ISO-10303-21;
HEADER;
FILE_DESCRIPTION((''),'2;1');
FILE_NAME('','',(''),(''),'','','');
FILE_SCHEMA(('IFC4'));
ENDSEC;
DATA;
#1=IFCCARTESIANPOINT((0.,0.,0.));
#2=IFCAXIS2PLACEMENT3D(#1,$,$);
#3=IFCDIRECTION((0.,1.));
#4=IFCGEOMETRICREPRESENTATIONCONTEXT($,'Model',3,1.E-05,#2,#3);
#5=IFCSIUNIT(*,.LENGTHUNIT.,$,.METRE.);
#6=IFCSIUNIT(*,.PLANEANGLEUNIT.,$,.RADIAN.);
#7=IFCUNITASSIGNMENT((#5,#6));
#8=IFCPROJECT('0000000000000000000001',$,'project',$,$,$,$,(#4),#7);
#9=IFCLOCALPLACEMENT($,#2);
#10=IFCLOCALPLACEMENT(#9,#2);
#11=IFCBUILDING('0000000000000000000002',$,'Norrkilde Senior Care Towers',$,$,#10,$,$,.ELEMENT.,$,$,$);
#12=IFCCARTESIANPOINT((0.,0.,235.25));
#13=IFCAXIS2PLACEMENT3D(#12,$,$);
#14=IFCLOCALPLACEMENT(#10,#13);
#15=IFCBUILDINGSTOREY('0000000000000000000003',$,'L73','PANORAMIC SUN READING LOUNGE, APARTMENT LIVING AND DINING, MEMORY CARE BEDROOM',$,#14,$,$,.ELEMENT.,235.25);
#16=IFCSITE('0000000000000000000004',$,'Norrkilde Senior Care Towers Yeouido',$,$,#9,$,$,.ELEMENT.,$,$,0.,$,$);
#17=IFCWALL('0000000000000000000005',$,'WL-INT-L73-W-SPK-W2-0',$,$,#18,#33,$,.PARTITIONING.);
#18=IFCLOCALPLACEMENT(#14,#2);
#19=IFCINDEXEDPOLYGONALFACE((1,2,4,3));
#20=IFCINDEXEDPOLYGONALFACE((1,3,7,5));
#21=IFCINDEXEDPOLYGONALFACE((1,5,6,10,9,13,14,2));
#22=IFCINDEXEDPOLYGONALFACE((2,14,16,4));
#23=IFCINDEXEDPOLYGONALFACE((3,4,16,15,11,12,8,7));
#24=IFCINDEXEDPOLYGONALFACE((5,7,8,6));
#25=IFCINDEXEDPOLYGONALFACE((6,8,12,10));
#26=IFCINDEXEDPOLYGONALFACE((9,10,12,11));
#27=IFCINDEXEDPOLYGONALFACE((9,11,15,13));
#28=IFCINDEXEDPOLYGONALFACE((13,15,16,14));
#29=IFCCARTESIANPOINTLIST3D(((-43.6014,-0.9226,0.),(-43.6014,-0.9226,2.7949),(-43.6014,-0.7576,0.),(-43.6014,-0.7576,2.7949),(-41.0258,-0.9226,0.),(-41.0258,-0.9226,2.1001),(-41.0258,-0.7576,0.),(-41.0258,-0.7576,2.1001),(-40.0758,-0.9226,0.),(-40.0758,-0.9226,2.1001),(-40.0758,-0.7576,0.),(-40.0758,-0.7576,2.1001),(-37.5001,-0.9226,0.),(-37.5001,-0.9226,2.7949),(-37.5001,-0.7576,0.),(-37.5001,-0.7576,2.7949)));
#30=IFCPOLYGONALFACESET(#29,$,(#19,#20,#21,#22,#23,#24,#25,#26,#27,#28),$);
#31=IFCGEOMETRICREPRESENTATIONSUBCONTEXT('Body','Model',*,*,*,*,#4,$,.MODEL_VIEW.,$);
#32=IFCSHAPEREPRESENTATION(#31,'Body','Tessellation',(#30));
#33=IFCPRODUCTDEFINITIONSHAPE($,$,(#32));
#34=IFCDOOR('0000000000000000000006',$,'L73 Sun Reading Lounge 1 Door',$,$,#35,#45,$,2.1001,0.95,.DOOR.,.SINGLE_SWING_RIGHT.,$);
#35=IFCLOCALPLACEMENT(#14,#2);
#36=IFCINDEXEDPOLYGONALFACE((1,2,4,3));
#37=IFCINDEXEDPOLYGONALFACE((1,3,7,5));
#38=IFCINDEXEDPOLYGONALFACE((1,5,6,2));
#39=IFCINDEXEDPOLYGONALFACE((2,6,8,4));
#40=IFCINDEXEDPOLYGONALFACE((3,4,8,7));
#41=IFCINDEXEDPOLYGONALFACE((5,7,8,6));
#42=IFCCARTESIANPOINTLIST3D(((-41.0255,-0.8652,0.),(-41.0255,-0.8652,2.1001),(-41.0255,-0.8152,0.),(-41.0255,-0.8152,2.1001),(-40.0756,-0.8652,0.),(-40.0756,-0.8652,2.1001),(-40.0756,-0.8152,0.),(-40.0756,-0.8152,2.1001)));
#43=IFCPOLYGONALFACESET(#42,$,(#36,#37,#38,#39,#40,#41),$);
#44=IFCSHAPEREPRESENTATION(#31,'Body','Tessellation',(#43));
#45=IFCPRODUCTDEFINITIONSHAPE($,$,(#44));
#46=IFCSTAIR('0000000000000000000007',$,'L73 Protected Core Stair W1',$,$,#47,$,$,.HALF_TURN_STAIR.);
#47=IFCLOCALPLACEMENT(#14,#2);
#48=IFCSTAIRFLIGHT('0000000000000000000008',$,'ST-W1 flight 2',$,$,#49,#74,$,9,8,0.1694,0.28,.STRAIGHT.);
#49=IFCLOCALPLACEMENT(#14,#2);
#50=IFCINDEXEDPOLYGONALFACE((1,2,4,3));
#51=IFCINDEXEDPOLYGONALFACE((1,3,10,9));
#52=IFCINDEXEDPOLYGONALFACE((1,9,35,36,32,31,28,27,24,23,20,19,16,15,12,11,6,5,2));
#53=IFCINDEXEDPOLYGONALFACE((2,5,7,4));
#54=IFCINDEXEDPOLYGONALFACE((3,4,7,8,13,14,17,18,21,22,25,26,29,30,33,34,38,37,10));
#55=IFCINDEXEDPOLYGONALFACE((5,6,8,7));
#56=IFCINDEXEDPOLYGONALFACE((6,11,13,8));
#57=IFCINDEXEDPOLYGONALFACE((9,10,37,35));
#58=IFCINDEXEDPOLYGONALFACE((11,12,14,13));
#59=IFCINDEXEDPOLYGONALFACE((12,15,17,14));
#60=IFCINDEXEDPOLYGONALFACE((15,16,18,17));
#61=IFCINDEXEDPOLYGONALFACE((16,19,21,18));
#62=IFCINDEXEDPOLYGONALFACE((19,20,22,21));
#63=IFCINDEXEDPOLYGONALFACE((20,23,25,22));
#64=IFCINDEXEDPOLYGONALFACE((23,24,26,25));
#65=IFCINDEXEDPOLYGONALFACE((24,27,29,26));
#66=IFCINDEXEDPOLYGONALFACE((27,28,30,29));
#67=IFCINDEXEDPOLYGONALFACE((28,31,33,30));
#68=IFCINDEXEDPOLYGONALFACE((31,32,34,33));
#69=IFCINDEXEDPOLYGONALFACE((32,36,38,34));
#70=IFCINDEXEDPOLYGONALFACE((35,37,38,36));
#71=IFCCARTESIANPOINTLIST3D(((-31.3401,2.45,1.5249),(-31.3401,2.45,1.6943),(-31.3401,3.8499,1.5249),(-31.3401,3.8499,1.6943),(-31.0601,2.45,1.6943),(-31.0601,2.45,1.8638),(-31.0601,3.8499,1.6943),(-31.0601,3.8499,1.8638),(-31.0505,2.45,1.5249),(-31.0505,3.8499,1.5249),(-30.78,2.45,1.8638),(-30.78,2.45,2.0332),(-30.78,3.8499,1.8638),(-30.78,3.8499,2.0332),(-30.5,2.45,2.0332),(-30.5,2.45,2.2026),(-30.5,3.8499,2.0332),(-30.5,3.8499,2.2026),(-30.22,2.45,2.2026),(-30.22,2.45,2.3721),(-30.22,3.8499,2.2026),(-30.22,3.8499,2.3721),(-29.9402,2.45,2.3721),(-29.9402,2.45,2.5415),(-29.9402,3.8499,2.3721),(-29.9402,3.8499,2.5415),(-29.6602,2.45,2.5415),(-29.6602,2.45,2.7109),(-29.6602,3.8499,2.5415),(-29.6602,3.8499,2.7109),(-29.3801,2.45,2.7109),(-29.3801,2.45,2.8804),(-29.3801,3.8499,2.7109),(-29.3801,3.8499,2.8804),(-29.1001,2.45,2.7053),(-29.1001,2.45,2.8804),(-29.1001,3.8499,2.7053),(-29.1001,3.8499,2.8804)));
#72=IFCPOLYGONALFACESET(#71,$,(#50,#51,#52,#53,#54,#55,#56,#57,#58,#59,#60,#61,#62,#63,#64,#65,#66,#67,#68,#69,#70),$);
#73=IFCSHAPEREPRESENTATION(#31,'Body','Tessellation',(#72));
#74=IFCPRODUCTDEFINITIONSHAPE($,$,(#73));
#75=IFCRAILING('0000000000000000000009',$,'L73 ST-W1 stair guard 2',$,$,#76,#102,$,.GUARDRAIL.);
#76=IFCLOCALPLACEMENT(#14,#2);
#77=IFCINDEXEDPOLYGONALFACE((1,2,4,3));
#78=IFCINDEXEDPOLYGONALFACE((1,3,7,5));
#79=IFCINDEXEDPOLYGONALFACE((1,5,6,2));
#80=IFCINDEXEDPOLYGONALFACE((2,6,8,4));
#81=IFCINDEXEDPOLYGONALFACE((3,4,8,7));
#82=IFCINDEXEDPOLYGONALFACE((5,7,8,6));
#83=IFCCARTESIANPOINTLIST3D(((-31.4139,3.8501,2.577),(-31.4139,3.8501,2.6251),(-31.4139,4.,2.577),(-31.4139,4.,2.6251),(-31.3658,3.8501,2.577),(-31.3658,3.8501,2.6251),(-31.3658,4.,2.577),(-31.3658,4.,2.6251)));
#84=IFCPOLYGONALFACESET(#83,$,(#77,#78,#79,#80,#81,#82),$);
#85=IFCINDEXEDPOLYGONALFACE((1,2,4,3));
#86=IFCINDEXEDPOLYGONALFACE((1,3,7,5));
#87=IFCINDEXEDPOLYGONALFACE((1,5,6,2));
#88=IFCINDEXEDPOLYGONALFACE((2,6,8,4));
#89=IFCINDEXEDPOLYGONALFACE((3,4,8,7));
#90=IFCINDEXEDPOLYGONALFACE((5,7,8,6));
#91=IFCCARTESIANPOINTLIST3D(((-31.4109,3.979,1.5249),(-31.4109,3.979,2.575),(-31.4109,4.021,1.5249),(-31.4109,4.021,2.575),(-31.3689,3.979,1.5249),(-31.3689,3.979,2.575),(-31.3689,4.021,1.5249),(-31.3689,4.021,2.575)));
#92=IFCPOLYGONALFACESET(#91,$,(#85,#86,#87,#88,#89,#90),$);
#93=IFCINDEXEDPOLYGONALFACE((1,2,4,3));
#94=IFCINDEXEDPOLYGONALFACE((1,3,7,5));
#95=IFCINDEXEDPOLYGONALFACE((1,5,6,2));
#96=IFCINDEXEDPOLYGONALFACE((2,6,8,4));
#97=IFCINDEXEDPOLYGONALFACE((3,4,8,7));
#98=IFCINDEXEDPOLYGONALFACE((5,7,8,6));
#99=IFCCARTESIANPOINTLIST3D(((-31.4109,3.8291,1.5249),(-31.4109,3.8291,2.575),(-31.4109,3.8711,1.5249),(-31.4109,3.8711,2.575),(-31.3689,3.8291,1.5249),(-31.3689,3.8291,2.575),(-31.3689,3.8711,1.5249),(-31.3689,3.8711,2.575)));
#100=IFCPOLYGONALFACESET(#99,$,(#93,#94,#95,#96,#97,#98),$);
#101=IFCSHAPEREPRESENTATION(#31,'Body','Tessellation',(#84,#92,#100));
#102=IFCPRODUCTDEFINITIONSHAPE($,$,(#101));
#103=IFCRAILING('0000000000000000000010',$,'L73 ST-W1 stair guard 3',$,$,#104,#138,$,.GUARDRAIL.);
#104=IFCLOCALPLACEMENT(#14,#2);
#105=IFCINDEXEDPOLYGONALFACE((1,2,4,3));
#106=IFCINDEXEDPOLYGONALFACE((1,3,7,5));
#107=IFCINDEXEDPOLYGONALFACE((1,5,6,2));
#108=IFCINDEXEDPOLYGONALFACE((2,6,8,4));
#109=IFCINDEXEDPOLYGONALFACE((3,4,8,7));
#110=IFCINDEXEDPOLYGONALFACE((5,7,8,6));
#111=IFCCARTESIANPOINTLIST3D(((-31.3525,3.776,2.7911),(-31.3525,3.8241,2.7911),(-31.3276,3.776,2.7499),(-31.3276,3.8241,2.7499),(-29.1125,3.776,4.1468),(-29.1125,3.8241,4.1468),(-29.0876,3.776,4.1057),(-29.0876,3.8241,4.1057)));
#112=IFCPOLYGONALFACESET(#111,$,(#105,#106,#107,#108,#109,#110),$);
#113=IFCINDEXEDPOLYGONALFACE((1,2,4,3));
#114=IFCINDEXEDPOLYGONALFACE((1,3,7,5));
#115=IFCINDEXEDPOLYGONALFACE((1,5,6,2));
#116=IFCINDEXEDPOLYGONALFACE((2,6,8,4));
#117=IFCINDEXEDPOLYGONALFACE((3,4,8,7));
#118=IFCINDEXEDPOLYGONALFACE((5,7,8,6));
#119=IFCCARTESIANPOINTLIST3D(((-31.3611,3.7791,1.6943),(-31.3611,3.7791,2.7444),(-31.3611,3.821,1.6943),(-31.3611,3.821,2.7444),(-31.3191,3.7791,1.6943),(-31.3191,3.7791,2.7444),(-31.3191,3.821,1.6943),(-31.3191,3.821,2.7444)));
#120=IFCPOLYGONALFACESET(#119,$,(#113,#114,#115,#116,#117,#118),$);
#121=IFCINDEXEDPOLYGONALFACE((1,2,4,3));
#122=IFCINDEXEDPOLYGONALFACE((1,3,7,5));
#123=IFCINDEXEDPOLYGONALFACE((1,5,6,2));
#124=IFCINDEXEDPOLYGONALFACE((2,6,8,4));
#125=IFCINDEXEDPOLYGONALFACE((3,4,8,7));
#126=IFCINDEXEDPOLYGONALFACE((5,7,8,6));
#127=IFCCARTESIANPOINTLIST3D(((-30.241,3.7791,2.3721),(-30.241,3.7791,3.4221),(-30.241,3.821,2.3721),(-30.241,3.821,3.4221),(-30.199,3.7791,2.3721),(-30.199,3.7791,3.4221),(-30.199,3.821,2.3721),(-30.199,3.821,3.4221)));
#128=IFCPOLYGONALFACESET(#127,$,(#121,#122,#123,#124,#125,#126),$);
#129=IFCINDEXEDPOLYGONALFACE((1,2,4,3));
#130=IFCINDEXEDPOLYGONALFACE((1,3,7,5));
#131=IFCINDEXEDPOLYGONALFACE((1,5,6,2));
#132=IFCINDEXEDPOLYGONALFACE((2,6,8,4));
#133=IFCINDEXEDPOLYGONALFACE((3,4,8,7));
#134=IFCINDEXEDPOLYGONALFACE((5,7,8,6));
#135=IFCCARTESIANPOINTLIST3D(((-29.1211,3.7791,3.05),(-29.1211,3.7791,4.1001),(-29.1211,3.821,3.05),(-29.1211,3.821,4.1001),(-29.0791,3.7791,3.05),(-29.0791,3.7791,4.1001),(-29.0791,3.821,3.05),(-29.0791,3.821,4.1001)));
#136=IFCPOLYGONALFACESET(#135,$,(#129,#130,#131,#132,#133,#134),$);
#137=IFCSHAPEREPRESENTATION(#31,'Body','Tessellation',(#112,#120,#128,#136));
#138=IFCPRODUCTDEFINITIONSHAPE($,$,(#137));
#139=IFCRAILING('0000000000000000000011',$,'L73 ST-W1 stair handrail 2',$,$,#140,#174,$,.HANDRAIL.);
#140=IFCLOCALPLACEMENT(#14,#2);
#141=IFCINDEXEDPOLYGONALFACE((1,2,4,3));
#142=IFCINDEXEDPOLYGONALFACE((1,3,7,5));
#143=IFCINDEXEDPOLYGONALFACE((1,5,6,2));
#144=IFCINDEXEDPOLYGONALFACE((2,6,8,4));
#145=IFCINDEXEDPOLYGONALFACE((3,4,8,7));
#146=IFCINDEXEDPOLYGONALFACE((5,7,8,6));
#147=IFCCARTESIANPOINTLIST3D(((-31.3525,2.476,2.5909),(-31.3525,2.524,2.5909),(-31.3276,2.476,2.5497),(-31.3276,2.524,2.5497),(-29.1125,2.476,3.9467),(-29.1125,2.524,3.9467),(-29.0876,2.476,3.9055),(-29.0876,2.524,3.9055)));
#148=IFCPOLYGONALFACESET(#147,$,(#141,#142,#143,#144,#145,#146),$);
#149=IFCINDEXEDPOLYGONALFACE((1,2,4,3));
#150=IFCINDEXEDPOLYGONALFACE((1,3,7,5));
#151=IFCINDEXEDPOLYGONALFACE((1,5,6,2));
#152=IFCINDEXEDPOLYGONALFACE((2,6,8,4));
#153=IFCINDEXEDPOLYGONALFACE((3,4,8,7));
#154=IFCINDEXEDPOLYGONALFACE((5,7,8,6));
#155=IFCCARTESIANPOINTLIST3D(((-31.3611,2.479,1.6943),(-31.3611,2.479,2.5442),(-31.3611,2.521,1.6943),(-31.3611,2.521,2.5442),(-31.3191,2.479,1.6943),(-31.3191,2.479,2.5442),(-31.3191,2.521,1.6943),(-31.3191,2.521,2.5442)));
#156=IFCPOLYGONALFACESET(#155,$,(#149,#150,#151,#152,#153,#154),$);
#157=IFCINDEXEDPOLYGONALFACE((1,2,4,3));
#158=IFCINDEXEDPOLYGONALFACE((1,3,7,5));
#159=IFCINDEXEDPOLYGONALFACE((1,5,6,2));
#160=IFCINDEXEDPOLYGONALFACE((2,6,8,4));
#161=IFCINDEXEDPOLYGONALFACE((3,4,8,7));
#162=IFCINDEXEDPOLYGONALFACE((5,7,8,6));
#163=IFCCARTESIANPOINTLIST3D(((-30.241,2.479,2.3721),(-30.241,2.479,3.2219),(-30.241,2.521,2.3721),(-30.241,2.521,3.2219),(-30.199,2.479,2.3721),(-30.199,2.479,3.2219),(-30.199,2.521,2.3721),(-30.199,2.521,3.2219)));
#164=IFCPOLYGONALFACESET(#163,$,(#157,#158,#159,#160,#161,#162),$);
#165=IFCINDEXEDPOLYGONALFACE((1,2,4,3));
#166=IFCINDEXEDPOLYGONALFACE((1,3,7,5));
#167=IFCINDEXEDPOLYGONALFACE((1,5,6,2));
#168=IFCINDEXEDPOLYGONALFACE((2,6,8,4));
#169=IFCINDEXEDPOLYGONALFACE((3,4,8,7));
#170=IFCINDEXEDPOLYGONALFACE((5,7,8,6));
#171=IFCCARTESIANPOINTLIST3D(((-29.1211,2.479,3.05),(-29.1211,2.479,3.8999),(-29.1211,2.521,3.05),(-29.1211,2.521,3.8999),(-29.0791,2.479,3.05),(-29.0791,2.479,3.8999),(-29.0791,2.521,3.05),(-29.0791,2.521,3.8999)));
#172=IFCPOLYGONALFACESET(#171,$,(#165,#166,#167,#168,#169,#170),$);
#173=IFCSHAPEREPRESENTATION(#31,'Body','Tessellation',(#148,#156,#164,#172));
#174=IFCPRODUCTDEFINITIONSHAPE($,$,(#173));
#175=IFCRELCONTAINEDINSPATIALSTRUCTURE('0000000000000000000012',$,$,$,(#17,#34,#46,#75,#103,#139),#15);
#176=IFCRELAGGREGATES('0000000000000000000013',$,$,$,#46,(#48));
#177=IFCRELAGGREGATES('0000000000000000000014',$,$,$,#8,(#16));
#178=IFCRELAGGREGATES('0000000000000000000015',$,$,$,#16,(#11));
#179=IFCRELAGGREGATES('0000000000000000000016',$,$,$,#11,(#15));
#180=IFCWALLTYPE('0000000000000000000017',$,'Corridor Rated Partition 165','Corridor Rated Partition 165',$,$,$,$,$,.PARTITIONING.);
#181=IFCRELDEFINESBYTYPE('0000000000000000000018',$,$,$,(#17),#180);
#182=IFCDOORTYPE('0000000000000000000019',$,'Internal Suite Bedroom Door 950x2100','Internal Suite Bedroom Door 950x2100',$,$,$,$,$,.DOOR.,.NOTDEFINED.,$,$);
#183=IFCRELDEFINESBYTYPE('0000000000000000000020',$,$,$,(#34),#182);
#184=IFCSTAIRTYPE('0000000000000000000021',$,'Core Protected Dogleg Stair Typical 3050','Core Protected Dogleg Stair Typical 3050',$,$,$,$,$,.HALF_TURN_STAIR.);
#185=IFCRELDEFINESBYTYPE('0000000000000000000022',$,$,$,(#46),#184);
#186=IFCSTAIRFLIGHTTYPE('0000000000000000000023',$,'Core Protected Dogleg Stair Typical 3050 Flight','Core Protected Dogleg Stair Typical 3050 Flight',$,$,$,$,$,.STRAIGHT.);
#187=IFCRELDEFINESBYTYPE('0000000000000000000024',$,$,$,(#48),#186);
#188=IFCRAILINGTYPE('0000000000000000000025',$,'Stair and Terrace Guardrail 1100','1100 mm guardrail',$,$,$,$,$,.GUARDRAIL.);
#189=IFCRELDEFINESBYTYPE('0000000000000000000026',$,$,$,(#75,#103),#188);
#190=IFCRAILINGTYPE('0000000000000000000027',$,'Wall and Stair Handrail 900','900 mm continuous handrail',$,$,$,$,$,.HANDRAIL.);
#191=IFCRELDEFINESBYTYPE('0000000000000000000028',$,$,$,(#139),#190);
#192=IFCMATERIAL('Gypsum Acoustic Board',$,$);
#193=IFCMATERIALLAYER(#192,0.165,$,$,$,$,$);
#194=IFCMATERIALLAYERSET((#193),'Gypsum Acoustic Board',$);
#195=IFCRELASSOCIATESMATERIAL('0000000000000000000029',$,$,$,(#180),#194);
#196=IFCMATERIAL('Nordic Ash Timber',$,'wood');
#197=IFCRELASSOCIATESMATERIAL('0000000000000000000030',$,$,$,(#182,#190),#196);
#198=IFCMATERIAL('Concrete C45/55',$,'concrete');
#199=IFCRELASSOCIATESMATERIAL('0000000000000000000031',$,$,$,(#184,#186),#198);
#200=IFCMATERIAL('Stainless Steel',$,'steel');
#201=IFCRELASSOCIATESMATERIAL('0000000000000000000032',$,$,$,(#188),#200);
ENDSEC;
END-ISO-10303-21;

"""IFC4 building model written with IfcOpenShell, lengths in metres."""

from ifc_helpers import new_model, si_unit, direction, frame, frame_2d, origin, origin_2d, place, context, subcontext, project, spatial, polyline, rectangle, outline, extrude, source, transform, mapped, material, layer, layer_set, type_object, type_shapes, element, fill, aggregate, save


model = new_model("IFC4")

# Units and contexts
model_context = context("Model", 3, precision=1e-05, world=origin(), true_north=direction((0.0, 1.0)))
body_context = subcontext(model_context, "Body", "Model", "MODEL_VIEW")
ifc_project = project(units=[si_unit("LENGTHUNIT", "METRE"), si_unit("PLANEANGLEUNIT", "RADIAN")], contexts=[model_context])

# Site, building, storey
site_placement = place(None, origin())
site = spatial("IfcSite", under=ifc_project, at=site_placement, Name="Norrkilde Senior Care Towers Yeouido", CompositionType="ELEMENT", RefElevation=0.0)
building_placement = place(site_placement, origin())
building = spatial("IfcBuilding", under=site, at=building_placement, Name="Norrkilde Senior Care Towers", CompositionType="ELEMENT")
storey_placement = place(building_placement, frame((0.0, 0.0, 235.25)))
storey = spatial("IfcBuildingStorey", under=building, at=storey_placement, Name="L73", Description="PANORAMIC SUN READING LOUNGE, APARTMENT LIVING AND DINING, MEMORY CARE BEDROOM", CompositionType="ELEMENT", Elevation=235.25)

# Shared definitions
ifc_material_1 = material(Name="Concrete C45/55", Category="concrete")

# Shared definitions
ifc_material_2 = material(Name="Gypsum Acoustic Board")

# Shared definitions
ifc_layer_1 = layer(ifc_material_2, 0.165)
ifc_layer_set_1 = layer_set([ifc_layer_1], Name="Gypsum Acoustic Board")
wall_type_1 = type_object("IfcWallType", Name="Corridor Rated Partition 165", Description="Corridor Rated Partition 165", PredefinedType="PARTITIONING", material=ifc_layer_set_1)

# Shared definitions
ifc_material_3 = material(Name="Nordic Ash Timber", Category="wood")

# Wall, opening, door
shared_shape_1 = source(origin(), body_context, "Body", "SweptSolid", [
    extrude(rectangle(XDim=6.1013, YDim=0.165, at=frame_2d((3.0508, 0.0))), origin(), (0.0, 0.0, 1.0), 2.7949),
])
door_type_1 = type_object("IfcDoorType", Name="Internal Suite Bedroom Door 950x2100", Description="Internal Suite Bedroom Door 950x2100", OperationType="NOTDEFINED", PredefinedType="DOOR", material=ifc_material_3)
shared_shape_2 = source(origin(), body_context, "Body", "SweptSolid", [
    extrude(rectangle(XDim=0.95, YDim=2.1001, at=frame_2d((0.4751, 1.05))), frame((0.0, 0.0249, 0.0), z_axis=(0.0, -1.0, 0.0), x_axis=(1.0, 0.0, 0.0)), (0.0, 0.0, 1.0), 0.05),
])
type_shapes(door_type_1, [shared_shape_2])
wall_1_placement = place(storey_placement, frame((-37.5, -0.8401, 0.0), z_axis=(0.0, 0.0, 1.0), x_axis=(-1.0, 0.0, 0.0)))
wall_1 = element("IfcWall", 1, at=wall_1_placement, inside=storey, type_object=wall_type_1, Name="WL-INT-L73-W-SPK-W2-0", PredefinedType="PARTITIONING", context=body_context, shape_type="MappedRepresentation", body=[
    mapped(shared_shape_1, transform((0.0, 0.0, 0.0), x_axis=(1.0, 0.0, 0.0), y_axis=(0.0, 1.0, 0.0), z_axis=(0.0, 0.0, 1.0), scale=1.0)),
])
opening_1_placement = place(wall_1_placement, frame((2.5757, 0.0, 0.0)))
opening_1 = element("IfcOpeningElement", 2, at=opening_1_placement, cuts=wall_1, PredefinedType="OPENING", context=body_context, shape_type="SweptSolid", body=[
    extrude(rectangle(XDim=0.95, YDim=2.1001, at=frame_2d((0.4751, 1.05))), frame((0.0, 0.0925, 0.0), z_axis=(0.0, -1.0, 0.0), x_axis=(1.0, 0.0, 0.0)), (0.0, 0.0, 1.0), 0.1851),
])
door_1_placement = place(opening_1_placement, frame((0.95, 0.0, 0.0), z_axis=(0.0, 0.0, 1.0), x_axis=(-1.0, 0.0, 0.0)))
door_1 = element("IfcDoor", 3, at=door_1_placement, inside=storey, type_object=door_type_1, Name="L73 Sun Reading Lounge 1 Door", OperationType="SINGLE_SWING_RIGHT", OverallHeight=2.1001, OverallWidth=0.95, PredefinedType="DOOR", context=body_context, shape_type="MappedRepresentation", body=[
    mapped(shared_shape_2, transform((0.0, 0.0, 0.0), x_axis=(1.0, 0.0, 0.0), y_axis=(0.0, 1.0, 0.0), z_axis=(0.0, 0.0, 1.0), scale=1.0)),
])
fill(opening_1, door_1)

# Stair, stair flight
stair_type = type_object("IfcStairType", Name="Core Protected Dogleg Stair Typical 3050", Description="Core Protected Dogleg Stair Typical 3050", PredefinedType="HALF_TURN_STAIR", material=ifc_material_1)
stair_placement = place(storey_placement, origin())
stair = element("IfcStair", 4, at=stair_placement, inside=storey, type_object=stair_type, Name="L73 Protected Core Stair W1", PredefinedType="HALF_TURN_STAIR")
stair_flight_type = type_object("IfcStairFlightType", Name="Core Protected Dogleg Stair Typical 3050 Flight", Description="Core Protected Dogleg Stair Typical 3050 Flight", PredefinedType="STRAIGHT", material=ifc_material_1)
stair_flight_placement = place(storey_placement, frame((-31.3401, 3.1499, 1.5249), z_axis=(0.0, 0.0, 1.0), x_axis=(1.0, 0.0, 0.0)))
stair_flight = element("IfcStairFlight", 5, at=stair_flight_placement, type_object=stair_flight_type, Name="ST-W1 flight 2", NumberOfRisers=9, NumberOfTreads=8, PredefinedType="STRAIGHT", RiserHeight=0.1694, TreadLength=0.28, context=body_context, shape_type="SweptSolid", body=[
    extrude(outline(polyline([(0.0, 0.0), (0.0, 0.1694), (0.28, 0.1694), (0.28, 0.3389), (0.5601, 0.3389), (0.5601, 0.5083), (0.8401, 0.5083), (0.8401, 0.6777), (1.1201, 0.6777), (1.1201, 0.8472), (1.3999, 0.8472), (1.3999, 1.0166), (1.6799, 1.0166), (1.6799, 1.186), (1.96, 1.186), (1.96, 1.3555), (2.24, 1.3555), (2.24, 1.5249), (2.24, 1.1804), (0.2896, 0.0), (0.0, 0.0)])), frame((0.0, 0.7, 0.0), z_axis=(0.0, -1.0, 0.0), x_axis=(1.0, 0.0, 0.0)), (0.0, 0.0, 1.0), 1.3999),
])
aggregate(stair, [stair_flight])

# Railings
ifc_material_4 = material(Name="Stainless Steel", Category="steel")
railing_type_1 = type_object("IfcRailingType", Name="Stair and Terrace Guardrail 1100", Description="1100 mm guardrail", PredefinedType="GUARDRAIL", material=ifc_material_4)
railing_1_placement = place(storey_placement, frame((-31.3899, 4.0, 1.5249)))
element("IfcRailing", 6, at=railing_1_placement, inside=storey, type_object=railing_type_1, Name="L73 ST-W1 stair guard 2", PredefinedType="GUARDRAIL", context=body_context, shape_type="SweptSolid", body=[
    extrude(rectangle(XDim=0.0481, YDim=0.0481, at=origin_2d()), frame((0.0, 0.0, 1.0762), z_axis=(0.0, -1.0, 0.0), x_axis=(1.0, 0.0, 0.0)), (0.0, 0.0, 1.0), 0.1499),
    extrude(rectangle(XDim=0.042, YDim=0.042, at=origin_2d()), origin(), (0.0, 0.0, 1.0), 1.05),
    extrude(rectangle(XDim=0.042, YDim=0.042, at=origin_2d()), frame((0.0, -0.1499, 0.0)), (0.0, 0.0, 1.0), 1.05),
])
railing_2_placement = place(storey_placement, frame((-31.3401, 3.8, 1.6943)))
element("IfcRailing", 7, at=railing_2_placement, inside=storey, type_object=railing_type_1, Name="L73 ST-W1 stair guard 3", PredefinedType="GUARDRAIL", context=body_context, shape_type="SweptSolid", body=[
    extrude(rectangle(XDim=0.0481, YDim=0.0481, at=origin_2d()), frame((0.0, 0.0, 1.0762), z_axis=(0.855512, 0.0, 0.517783), x_axis=(0.0, 1.0, 0.0)), (0.0, 0.0, 1.0), 2.6184),
    extrude(rectangle(XDim=0.042, YDim=0.042, at=origin_2d()), origin(), (0.0, 0.0, 1.0), 1.05),
    extrude(rectangle(XDim=0.042, YDim=0.042, at=origin_2d()), frame((1.1201, 0.0, 0.6777)), (0.0, 0.0, 1.0), 1.05),
    extrude(rectangle(XDim=0.042, YDim=0.042, at=origin_2d()), frame((2.24, 0.0, 1.3557)), (0.0, 0.0, 1.0), 1.05),
])
railing_type_2 = type_object("IfcRailingType", Name="Wall and Stair Handrail 900", Description="900 mm continuous handrail", PredefinedType="HANDRAIL", material=ifc_material_3)
railing_3_placement = place(storey_placement, frame((-31.3401, 2.5, 1.6943)))
element("IfcRailing", 8, at=railing_3_placement, inside=storey, type_object=railing_type_2, Name="L73 ST-W1 stair handrail 2", PredefinedType="HANDRAIL", context=body_context, shape_type="SweptSolid", body=[
    extrude(rectangle(XDim=0.0481, YDim=0.0481, at=origin_2d()), frame((0.0, 0.0, 0.876), z_axis=(0.855512, 0.0, 0.517783), x_axis=(0.0, 1.0, 0.0)), (0.0, 0.0, 1.0), 2.6184),
    extrude(rectangle(XDim=0.042, YDim=0.042, at=origin_2d()), origin(), (0.0, 0.0, 1.0), 0.8499),
    extrude(rectangle(XDim=0.042, YDim=0.042, at=origin_2d()), frame((1.1201, 0.0, 0.6777)), (0.0, 0.0, 1.0), 0.8499),
    extrude(rectangle(XDim=0.042, YDim=0.042, at=origin_2d()), frame((2.24, 0.0, 1.3557)), (0.0, 0.0, 1.0), 0.8499),
])

save(model, "model.ifc")
